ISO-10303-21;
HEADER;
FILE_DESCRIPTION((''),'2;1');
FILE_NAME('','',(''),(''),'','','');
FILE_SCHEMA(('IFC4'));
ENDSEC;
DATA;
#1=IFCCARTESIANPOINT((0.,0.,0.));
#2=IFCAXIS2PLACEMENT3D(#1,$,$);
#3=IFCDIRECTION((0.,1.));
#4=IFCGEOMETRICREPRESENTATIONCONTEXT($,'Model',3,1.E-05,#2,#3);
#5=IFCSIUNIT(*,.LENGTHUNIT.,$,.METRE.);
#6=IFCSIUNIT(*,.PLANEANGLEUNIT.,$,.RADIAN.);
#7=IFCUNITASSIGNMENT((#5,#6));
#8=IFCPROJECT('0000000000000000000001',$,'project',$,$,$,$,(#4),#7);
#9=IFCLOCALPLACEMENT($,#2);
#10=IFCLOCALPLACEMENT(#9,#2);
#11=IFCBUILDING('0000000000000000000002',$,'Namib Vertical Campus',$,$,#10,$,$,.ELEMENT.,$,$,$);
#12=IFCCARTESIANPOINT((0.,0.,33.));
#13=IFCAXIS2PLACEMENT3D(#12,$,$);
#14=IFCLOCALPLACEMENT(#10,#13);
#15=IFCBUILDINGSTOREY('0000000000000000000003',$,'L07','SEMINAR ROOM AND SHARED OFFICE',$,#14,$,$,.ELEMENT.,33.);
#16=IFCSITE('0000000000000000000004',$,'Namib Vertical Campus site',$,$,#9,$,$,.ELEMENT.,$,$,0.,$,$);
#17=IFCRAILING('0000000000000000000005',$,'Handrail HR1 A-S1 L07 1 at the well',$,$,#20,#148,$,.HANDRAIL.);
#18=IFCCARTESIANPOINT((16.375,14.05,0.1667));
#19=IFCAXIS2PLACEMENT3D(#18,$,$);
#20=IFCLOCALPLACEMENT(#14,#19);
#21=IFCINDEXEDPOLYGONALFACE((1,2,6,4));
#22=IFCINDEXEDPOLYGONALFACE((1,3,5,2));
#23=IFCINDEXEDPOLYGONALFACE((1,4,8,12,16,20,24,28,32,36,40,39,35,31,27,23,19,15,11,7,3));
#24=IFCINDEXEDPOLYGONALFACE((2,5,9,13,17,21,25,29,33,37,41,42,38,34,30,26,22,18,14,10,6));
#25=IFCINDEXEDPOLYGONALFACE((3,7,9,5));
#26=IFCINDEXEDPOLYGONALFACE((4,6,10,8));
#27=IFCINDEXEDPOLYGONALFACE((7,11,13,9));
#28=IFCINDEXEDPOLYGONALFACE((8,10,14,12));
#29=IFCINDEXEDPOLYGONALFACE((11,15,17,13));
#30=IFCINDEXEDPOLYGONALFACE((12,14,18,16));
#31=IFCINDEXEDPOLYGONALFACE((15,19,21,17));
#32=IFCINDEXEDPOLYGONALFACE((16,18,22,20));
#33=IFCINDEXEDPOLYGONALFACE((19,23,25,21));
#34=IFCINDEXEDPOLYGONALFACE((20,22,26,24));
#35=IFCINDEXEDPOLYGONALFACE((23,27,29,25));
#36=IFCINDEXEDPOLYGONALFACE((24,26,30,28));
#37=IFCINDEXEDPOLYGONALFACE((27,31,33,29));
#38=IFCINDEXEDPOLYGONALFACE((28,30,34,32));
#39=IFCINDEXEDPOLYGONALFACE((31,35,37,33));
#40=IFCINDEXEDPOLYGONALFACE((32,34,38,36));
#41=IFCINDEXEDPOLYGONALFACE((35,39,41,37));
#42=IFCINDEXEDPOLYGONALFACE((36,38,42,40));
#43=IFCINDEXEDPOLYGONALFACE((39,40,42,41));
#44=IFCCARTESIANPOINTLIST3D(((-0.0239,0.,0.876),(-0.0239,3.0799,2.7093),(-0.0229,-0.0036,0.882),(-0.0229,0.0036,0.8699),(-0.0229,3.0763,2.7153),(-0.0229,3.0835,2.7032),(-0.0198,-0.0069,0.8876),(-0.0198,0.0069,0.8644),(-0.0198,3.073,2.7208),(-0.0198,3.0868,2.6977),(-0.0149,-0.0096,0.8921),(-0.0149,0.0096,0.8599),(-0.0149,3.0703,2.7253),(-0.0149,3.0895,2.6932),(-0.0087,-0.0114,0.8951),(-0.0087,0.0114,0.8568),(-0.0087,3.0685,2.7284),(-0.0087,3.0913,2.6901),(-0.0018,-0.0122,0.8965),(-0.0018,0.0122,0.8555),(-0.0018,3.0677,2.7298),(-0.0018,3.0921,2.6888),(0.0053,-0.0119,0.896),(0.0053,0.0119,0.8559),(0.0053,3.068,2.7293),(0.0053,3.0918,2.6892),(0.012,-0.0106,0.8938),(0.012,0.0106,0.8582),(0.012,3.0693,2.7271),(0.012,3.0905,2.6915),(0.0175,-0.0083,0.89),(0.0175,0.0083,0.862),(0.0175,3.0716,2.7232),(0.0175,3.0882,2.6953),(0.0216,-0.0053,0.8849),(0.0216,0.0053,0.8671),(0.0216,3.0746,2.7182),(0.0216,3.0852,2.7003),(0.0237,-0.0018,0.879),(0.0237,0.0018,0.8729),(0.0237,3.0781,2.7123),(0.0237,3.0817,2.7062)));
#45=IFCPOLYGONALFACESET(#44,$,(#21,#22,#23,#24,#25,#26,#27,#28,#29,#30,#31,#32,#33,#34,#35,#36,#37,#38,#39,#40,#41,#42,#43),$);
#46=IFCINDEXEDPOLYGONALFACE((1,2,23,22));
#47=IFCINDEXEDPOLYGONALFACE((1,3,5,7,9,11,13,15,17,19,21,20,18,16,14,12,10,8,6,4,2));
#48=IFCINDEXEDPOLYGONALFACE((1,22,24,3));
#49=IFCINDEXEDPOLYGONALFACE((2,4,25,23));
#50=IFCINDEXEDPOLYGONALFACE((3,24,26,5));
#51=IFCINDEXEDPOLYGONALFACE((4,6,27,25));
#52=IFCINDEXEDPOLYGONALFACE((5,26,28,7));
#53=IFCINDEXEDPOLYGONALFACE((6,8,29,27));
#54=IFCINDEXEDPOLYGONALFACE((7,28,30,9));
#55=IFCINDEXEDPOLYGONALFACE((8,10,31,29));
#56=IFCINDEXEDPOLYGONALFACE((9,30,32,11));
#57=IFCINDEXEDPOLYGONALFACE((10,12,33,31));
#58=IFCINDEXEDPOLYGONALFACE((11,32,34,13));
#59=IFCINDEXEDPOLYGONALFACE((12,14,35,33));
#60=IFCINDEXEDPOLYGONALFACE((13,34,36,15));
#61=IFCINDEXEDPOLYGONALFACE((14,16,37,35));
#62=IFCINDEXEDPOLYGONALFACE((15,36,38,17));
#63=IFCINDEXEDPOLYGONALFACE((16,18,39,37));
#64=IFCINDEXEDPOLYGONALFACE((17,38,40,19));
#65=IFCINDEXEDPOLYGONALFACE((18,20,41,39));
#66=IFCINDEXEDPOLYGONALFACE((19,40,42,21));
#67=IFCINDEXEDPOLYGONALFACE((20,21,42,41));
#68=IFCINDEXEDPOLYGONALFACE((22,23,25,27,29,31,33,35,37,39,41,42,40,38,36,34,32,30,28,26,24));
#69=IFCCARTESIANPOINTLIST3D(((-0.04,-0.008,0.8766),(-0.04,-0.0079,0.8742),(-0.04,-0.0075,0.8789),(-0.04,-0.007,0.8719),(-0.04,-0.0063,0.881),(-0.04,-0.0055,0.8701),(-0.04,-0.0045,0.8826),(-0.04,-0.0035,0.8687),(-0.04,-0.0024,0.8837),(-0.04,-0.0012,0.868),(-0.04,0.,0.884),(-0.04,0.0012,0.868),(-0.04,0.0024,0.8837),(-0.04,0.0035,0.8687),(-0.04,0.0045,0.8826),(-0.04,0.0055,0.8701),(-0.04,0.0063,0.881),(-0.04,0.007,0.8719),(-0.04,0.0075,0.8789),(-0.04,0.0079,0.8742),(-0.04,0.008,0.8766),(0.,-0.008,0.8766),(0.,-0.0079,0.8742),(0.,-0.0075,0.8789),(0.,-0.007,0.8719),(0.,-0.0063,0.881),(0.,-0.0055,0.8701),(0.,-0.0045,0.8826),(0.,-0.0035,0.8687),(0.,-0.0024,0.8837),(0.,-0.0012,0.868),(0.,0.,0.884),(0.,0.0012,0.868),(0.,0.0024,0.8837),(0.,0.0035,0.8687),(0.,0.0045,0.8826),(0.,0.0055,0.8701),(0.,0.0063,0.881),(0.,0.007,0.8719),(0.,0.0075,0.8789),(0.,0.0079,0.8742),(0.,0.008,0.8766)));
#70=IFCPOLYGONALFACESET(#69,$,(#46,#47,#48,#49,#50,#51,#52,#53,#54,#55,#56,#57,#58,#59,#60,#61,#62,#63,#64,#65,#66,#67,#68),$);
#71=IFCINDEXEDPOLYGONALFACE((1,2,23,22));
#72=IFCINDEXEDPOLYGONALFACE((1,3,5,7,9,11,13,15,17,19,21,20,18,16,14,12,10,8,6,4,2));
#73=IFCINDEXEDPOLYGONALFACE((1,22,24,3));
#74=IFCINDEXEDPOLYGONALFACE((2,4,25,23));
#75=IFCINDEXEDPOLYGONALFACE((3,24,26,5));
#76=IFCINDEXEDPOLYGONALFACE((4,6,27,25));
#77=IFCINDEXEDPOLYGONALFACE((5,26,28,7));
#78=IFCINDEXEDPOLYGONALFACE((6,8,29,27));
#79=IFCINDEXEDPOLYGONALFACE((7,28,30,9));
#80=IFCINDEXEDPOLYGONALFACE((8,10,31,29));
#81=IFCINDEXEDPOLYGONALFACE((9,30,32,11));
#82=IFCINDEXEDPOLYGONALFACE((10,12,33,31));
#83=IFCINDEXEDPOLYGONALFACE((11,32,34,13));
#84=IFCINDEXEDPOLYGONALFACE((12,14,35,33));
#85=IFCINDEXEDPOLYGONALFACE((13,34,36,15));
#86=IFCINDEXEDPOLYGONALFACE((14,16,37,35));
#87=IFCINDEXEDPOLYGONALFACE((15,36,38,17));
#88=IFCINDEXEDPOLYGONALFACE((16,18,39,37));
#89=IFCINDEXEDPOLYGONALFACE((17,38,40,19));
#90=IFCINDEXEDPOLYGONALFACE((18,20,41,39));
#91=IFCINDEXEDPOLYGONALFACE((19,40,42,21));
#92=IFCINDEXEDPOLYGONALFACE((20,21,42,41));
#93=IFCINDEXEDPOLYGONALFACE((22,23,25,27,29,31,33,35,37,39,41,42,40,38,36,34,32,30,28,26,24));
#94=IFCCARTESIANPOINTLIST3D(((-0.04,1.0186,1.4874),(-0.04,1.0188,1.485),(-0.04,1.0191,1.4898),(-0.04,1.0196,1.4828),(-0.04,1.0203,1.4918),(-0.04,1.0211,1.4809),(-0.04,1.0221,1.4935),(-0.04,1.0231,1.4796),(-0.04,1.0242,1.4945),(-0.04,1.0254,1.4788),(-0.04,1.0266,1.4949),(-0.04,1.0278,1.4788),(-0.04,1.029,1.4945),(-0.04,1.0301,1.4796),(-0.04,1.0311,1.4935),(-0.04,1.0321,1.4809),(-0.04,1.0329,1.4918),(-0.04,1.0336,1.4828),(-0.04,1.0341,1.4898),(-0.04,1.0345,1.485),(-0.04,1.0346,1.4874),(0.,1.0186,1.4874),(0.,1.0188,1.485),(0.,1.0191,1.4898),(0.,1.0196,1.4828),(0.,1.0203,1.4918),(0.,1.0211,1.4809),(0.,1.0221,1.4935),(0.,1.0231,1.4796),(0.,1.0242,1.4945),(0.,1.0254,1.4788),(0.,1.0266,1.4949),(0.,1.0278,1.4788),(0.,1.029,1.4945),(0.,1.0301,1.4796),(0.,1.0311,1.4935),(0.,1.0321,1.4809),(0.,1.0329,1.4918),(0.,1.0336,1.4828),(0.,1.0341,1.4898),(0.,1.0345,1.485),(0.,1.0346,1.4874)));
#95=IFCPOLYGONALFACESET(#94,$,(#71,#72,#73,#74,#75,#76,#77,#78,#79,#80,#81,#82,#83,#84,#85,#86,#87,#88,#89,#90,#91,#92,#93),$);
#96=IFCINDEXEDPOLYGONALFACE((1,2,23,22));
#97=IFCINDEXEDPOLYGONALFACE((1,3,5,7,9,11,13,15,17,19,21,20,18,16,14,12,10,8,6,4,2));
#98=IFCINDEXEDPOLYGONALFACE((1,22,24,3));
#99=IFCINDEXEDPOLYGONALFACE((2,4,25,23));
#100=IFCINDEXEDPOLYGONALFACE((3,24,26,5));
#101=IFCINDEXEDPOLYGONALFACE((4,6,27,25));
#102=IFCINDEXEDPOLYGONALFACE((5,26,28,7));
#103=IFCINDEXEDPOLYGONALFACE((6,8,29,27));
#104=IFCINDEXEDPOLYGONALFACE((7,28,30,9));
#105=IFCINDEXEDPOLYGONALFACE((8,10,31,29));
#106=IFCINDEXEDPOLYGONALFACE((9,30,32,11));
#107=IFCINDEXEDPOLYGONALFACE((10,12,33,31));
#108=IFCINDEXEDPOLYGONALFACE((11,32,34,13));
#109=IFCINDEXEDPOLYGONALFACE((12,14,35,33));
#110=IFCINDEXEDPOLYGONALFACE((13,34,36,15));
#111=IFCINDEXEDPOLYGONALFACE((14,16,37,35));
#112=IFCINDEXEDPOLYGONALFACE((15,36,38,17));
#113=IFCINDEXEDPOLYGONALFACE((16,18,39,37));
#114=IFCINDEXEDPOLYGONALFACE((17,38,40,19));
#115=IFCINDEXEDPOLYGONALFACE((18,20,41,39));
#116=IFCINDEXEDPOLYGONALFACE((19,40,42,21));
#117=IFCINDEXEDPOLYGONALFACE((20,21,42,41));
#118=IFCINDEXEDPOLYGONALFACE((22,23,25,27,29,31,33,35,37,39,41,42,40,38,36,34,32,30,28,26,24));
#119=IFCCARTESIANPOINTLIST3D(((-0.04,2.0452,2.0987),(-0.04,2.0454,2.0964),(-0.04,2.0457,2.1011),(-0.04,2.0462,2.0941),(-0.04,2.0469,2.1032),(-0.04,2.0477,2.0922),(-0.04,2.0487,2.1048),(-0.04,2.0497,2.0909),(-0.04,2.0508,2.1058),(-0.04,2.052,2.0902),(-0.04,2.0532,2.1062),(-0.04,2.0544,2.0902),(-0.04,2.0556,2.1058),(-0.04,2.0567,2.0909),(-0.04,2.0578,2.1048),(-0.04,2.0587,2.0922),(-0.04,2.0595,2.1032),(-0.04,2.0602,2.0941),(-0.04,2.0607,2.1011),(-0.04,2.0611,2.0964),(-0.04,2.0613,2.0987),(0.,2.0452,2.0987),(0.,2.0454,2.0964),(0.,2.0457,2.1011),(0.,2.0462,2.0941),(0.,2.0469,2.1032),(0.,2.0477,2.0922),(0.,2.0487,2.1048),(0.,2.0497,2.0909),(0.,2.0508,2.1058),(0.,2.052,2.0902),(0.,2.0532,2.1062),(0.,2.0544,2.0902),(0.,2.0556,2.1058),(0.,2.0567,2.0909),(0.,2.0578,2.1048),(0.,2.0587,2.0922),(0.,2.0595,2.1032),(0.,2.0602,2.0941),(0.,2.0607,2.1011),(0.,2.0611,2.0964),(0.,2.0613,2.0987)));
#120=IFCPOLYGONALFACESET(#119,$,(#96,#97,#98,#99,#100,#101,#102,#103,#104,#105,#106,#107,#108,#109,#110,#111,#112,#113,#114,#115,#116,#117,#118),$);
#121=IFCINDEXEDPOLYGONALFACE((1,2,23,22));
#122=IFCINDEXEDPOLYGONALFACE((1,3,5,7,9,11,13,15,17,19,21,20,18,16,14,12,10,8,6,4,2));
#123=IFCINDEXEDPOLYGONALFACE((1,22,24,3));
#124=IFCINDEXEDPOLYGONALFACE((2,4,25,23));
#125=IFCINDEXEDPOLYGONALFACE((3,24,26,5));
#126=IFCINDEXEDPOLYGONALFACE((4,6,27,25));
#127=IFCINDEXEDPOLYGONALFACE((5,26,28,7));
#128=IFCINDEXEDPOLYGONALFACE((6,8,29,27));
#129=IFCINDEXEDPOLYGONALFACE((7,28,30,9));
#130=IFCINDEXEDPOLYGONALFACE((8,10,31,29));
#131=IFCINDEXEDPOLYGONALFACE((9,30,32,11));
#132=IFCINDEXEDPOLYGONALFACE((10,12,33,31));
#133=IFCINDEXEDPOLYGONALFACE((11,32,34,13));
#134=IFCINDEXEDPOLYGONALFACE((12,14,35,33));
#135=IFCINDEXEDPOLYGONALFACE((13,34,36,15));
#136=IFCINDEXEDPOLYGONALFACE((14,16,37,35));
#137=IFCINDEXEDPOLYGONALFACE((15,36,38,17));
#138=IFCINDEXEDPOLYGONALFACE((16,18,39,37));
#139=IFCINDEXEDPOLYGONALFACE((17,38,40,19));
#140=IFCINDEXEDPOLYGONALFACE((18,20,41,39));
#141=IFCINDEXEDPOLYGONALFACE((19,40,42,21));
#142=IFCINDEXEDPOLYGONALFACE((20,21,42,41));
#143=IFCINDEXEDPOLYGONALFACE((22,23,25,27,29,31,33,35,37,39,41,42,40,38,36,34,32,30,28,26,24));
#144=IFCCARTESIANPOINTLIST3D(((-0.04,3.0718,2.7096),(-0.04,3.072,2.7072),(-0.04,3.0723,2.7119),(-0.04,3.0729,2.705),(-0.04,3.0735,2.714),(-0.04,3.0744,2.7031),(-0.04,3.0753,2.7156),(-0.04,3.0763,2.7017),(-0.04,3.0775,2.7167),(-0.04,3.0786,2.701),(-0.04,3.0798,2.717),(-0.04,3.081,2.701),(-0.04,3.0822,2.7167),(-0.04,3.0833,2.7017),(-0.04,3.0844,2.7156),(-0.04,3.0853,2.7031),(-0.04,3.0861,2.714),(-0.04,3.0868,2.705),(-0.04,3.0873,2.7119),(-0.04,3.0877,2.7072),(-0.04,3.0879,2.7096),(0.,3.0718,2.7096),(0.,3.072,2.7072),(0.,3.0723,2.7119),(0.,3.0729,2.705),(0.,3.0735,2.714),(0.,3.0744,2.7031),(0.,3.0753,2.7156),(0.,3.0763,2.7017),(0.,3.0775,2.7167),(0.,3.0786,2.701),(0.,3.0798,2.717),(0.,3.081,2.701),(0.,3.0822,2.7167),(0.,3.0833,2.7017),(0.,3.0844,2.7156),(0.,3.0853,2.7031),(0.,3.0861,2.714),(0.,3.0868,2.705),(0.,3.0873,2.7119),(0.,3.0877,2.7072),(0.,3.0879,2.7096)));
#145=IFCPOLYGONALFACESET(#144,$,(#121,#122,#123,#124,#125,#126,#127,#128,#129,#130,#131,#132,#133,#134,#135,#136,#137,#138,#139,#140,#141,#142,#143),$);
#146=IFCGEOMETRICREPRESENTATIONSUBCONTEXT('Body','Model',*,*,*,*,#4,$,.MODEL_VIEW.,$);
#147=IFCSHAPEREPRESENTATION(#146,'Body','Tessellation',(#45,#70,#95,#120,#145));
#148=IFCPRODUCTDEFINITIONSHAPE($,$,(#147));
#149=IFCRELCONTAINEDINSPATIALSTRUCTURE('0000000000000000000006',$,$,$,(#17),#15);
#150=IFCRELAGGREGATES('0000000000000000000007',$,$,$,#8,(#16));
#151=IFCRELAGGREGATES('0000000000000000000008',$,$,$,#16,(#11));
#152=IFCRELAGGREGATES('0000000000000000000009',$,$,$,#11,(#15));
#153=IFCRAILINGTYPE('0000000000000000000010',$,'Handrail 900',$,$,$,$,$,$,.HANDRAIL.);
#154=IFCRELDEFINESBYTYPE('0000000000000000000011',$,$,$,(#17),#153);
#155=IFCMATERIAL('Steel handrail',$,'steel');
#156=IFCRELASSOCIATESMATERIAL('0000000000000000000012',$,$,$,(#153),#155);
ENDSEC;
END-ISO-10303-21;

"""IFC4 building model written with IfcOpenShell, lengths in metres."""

from ifc_helpers import new_model, si_unit, direction, frame, origin, origin_2d, place, context, subcontext, project, spatial, circle, extrude, material, type_object, element, save


model = new_model("IFC4")

# Units and contexts
model_context = context("Model", 3, precision=1e-05, world=origin(), true_north=direction((0.0, 1.0)))
body_context = subcontext(model_context, "Body", "Model", "MODEL_VIEW")
ifc_project = project(units=[si_unit("LENGTHUNIT", "METRE"), si_unit("PLANEANGLEUNIT", "RADIAN")], contexts=[model_context])

# Site, building, storey
site_placement = place(None, origin())
site = spatial("IfcSite", under=ifc_project, at=site_placement, Name="Namib Vertical Campus site", CompositionType="ELEMENT", RefElevation=0.0)
building_placement = place(site_placement, origin())
building = spatial("IfcBuilding", under=site, at=building_placement, Name="Namib Vertical Campus", CompositionType="ELEMENT")
storey_placement = place(building_placement, frame((0.0, 0.0, 33.0)))
storey = spatial("IfcBuildingStorey", under=building, at=storey_placement, Name="L07", Description="SEMINAR ROOM AND SHARED OFFICE", CompositionType="ELEMENT", Elevation=33.0)

# Railing
ifc_material_1 = material(Name="Steel handrail", Category="steel")
railing_type_1 = type_object("IfcRailingType", Name="Handrail 900", PredefinedType="HANDRAIL", material=ifc_material_1)
railing_1_placement = place(storey_placement, frame((16.375, 14.05, 0.1667)))
element("IfcRailing", 1, at=railing_1_placement, inside=storey, type_object=railing_type_1, Name="Handrail HR1 A-S1 L07 1 at the well", PredefinedType="HANDRAIL", context=body_context, shape_type="SweptSolid", body=[
    extrude(circle(Radius=0.0239, at=origin_2d()), frame((0.0, 0.0, 0.876), z_axis=(0.0, 0.859291, 0.511487), x_axis=(-1.0, 0.0, 0.0)), (0.0, 0.0, 1.0), 3.5842),
    extrude(circle(Radius=0.0081, at=origin_2d()), frame((0.0, 0.0, 0.876), z_axis=(-1.0, 0.0, 0.0), x_axis=(0.0, 0.0, 1.0)), (0.0, 0.0, 1.0), 0.04),
    extrude(circle(Radius=0.0081, at=origin_2d()), frame((0.0, 1.0266, 1.4868), z_axis=(-1.0, 0.0, 0.0), x_axis=(0.0, 0.0, 1.0)), (0.0, 0.0, 1.0), 0.04),
    extrude(circle(Radius=0.0081, at=origin_2d()), frame((0.0, 2.0532, 2.0981), z_axis=(-1.0, 0.0, 0.0), x_axis=(0.0, 0.0, 1.0)), (0.0, 0.0, 1.0), 0.04),
    extrude(circle(Radius=0.0081, at=origin_2d()), frame((0.0, 3.0798, 2.709), z_axis=(-1.0, 0.0, 0.0), x_axis=(0.0, 0.0, 1.0)), (0.0, 0.0, 1.0), 0.04),
])

save(model, "model.ifc")
